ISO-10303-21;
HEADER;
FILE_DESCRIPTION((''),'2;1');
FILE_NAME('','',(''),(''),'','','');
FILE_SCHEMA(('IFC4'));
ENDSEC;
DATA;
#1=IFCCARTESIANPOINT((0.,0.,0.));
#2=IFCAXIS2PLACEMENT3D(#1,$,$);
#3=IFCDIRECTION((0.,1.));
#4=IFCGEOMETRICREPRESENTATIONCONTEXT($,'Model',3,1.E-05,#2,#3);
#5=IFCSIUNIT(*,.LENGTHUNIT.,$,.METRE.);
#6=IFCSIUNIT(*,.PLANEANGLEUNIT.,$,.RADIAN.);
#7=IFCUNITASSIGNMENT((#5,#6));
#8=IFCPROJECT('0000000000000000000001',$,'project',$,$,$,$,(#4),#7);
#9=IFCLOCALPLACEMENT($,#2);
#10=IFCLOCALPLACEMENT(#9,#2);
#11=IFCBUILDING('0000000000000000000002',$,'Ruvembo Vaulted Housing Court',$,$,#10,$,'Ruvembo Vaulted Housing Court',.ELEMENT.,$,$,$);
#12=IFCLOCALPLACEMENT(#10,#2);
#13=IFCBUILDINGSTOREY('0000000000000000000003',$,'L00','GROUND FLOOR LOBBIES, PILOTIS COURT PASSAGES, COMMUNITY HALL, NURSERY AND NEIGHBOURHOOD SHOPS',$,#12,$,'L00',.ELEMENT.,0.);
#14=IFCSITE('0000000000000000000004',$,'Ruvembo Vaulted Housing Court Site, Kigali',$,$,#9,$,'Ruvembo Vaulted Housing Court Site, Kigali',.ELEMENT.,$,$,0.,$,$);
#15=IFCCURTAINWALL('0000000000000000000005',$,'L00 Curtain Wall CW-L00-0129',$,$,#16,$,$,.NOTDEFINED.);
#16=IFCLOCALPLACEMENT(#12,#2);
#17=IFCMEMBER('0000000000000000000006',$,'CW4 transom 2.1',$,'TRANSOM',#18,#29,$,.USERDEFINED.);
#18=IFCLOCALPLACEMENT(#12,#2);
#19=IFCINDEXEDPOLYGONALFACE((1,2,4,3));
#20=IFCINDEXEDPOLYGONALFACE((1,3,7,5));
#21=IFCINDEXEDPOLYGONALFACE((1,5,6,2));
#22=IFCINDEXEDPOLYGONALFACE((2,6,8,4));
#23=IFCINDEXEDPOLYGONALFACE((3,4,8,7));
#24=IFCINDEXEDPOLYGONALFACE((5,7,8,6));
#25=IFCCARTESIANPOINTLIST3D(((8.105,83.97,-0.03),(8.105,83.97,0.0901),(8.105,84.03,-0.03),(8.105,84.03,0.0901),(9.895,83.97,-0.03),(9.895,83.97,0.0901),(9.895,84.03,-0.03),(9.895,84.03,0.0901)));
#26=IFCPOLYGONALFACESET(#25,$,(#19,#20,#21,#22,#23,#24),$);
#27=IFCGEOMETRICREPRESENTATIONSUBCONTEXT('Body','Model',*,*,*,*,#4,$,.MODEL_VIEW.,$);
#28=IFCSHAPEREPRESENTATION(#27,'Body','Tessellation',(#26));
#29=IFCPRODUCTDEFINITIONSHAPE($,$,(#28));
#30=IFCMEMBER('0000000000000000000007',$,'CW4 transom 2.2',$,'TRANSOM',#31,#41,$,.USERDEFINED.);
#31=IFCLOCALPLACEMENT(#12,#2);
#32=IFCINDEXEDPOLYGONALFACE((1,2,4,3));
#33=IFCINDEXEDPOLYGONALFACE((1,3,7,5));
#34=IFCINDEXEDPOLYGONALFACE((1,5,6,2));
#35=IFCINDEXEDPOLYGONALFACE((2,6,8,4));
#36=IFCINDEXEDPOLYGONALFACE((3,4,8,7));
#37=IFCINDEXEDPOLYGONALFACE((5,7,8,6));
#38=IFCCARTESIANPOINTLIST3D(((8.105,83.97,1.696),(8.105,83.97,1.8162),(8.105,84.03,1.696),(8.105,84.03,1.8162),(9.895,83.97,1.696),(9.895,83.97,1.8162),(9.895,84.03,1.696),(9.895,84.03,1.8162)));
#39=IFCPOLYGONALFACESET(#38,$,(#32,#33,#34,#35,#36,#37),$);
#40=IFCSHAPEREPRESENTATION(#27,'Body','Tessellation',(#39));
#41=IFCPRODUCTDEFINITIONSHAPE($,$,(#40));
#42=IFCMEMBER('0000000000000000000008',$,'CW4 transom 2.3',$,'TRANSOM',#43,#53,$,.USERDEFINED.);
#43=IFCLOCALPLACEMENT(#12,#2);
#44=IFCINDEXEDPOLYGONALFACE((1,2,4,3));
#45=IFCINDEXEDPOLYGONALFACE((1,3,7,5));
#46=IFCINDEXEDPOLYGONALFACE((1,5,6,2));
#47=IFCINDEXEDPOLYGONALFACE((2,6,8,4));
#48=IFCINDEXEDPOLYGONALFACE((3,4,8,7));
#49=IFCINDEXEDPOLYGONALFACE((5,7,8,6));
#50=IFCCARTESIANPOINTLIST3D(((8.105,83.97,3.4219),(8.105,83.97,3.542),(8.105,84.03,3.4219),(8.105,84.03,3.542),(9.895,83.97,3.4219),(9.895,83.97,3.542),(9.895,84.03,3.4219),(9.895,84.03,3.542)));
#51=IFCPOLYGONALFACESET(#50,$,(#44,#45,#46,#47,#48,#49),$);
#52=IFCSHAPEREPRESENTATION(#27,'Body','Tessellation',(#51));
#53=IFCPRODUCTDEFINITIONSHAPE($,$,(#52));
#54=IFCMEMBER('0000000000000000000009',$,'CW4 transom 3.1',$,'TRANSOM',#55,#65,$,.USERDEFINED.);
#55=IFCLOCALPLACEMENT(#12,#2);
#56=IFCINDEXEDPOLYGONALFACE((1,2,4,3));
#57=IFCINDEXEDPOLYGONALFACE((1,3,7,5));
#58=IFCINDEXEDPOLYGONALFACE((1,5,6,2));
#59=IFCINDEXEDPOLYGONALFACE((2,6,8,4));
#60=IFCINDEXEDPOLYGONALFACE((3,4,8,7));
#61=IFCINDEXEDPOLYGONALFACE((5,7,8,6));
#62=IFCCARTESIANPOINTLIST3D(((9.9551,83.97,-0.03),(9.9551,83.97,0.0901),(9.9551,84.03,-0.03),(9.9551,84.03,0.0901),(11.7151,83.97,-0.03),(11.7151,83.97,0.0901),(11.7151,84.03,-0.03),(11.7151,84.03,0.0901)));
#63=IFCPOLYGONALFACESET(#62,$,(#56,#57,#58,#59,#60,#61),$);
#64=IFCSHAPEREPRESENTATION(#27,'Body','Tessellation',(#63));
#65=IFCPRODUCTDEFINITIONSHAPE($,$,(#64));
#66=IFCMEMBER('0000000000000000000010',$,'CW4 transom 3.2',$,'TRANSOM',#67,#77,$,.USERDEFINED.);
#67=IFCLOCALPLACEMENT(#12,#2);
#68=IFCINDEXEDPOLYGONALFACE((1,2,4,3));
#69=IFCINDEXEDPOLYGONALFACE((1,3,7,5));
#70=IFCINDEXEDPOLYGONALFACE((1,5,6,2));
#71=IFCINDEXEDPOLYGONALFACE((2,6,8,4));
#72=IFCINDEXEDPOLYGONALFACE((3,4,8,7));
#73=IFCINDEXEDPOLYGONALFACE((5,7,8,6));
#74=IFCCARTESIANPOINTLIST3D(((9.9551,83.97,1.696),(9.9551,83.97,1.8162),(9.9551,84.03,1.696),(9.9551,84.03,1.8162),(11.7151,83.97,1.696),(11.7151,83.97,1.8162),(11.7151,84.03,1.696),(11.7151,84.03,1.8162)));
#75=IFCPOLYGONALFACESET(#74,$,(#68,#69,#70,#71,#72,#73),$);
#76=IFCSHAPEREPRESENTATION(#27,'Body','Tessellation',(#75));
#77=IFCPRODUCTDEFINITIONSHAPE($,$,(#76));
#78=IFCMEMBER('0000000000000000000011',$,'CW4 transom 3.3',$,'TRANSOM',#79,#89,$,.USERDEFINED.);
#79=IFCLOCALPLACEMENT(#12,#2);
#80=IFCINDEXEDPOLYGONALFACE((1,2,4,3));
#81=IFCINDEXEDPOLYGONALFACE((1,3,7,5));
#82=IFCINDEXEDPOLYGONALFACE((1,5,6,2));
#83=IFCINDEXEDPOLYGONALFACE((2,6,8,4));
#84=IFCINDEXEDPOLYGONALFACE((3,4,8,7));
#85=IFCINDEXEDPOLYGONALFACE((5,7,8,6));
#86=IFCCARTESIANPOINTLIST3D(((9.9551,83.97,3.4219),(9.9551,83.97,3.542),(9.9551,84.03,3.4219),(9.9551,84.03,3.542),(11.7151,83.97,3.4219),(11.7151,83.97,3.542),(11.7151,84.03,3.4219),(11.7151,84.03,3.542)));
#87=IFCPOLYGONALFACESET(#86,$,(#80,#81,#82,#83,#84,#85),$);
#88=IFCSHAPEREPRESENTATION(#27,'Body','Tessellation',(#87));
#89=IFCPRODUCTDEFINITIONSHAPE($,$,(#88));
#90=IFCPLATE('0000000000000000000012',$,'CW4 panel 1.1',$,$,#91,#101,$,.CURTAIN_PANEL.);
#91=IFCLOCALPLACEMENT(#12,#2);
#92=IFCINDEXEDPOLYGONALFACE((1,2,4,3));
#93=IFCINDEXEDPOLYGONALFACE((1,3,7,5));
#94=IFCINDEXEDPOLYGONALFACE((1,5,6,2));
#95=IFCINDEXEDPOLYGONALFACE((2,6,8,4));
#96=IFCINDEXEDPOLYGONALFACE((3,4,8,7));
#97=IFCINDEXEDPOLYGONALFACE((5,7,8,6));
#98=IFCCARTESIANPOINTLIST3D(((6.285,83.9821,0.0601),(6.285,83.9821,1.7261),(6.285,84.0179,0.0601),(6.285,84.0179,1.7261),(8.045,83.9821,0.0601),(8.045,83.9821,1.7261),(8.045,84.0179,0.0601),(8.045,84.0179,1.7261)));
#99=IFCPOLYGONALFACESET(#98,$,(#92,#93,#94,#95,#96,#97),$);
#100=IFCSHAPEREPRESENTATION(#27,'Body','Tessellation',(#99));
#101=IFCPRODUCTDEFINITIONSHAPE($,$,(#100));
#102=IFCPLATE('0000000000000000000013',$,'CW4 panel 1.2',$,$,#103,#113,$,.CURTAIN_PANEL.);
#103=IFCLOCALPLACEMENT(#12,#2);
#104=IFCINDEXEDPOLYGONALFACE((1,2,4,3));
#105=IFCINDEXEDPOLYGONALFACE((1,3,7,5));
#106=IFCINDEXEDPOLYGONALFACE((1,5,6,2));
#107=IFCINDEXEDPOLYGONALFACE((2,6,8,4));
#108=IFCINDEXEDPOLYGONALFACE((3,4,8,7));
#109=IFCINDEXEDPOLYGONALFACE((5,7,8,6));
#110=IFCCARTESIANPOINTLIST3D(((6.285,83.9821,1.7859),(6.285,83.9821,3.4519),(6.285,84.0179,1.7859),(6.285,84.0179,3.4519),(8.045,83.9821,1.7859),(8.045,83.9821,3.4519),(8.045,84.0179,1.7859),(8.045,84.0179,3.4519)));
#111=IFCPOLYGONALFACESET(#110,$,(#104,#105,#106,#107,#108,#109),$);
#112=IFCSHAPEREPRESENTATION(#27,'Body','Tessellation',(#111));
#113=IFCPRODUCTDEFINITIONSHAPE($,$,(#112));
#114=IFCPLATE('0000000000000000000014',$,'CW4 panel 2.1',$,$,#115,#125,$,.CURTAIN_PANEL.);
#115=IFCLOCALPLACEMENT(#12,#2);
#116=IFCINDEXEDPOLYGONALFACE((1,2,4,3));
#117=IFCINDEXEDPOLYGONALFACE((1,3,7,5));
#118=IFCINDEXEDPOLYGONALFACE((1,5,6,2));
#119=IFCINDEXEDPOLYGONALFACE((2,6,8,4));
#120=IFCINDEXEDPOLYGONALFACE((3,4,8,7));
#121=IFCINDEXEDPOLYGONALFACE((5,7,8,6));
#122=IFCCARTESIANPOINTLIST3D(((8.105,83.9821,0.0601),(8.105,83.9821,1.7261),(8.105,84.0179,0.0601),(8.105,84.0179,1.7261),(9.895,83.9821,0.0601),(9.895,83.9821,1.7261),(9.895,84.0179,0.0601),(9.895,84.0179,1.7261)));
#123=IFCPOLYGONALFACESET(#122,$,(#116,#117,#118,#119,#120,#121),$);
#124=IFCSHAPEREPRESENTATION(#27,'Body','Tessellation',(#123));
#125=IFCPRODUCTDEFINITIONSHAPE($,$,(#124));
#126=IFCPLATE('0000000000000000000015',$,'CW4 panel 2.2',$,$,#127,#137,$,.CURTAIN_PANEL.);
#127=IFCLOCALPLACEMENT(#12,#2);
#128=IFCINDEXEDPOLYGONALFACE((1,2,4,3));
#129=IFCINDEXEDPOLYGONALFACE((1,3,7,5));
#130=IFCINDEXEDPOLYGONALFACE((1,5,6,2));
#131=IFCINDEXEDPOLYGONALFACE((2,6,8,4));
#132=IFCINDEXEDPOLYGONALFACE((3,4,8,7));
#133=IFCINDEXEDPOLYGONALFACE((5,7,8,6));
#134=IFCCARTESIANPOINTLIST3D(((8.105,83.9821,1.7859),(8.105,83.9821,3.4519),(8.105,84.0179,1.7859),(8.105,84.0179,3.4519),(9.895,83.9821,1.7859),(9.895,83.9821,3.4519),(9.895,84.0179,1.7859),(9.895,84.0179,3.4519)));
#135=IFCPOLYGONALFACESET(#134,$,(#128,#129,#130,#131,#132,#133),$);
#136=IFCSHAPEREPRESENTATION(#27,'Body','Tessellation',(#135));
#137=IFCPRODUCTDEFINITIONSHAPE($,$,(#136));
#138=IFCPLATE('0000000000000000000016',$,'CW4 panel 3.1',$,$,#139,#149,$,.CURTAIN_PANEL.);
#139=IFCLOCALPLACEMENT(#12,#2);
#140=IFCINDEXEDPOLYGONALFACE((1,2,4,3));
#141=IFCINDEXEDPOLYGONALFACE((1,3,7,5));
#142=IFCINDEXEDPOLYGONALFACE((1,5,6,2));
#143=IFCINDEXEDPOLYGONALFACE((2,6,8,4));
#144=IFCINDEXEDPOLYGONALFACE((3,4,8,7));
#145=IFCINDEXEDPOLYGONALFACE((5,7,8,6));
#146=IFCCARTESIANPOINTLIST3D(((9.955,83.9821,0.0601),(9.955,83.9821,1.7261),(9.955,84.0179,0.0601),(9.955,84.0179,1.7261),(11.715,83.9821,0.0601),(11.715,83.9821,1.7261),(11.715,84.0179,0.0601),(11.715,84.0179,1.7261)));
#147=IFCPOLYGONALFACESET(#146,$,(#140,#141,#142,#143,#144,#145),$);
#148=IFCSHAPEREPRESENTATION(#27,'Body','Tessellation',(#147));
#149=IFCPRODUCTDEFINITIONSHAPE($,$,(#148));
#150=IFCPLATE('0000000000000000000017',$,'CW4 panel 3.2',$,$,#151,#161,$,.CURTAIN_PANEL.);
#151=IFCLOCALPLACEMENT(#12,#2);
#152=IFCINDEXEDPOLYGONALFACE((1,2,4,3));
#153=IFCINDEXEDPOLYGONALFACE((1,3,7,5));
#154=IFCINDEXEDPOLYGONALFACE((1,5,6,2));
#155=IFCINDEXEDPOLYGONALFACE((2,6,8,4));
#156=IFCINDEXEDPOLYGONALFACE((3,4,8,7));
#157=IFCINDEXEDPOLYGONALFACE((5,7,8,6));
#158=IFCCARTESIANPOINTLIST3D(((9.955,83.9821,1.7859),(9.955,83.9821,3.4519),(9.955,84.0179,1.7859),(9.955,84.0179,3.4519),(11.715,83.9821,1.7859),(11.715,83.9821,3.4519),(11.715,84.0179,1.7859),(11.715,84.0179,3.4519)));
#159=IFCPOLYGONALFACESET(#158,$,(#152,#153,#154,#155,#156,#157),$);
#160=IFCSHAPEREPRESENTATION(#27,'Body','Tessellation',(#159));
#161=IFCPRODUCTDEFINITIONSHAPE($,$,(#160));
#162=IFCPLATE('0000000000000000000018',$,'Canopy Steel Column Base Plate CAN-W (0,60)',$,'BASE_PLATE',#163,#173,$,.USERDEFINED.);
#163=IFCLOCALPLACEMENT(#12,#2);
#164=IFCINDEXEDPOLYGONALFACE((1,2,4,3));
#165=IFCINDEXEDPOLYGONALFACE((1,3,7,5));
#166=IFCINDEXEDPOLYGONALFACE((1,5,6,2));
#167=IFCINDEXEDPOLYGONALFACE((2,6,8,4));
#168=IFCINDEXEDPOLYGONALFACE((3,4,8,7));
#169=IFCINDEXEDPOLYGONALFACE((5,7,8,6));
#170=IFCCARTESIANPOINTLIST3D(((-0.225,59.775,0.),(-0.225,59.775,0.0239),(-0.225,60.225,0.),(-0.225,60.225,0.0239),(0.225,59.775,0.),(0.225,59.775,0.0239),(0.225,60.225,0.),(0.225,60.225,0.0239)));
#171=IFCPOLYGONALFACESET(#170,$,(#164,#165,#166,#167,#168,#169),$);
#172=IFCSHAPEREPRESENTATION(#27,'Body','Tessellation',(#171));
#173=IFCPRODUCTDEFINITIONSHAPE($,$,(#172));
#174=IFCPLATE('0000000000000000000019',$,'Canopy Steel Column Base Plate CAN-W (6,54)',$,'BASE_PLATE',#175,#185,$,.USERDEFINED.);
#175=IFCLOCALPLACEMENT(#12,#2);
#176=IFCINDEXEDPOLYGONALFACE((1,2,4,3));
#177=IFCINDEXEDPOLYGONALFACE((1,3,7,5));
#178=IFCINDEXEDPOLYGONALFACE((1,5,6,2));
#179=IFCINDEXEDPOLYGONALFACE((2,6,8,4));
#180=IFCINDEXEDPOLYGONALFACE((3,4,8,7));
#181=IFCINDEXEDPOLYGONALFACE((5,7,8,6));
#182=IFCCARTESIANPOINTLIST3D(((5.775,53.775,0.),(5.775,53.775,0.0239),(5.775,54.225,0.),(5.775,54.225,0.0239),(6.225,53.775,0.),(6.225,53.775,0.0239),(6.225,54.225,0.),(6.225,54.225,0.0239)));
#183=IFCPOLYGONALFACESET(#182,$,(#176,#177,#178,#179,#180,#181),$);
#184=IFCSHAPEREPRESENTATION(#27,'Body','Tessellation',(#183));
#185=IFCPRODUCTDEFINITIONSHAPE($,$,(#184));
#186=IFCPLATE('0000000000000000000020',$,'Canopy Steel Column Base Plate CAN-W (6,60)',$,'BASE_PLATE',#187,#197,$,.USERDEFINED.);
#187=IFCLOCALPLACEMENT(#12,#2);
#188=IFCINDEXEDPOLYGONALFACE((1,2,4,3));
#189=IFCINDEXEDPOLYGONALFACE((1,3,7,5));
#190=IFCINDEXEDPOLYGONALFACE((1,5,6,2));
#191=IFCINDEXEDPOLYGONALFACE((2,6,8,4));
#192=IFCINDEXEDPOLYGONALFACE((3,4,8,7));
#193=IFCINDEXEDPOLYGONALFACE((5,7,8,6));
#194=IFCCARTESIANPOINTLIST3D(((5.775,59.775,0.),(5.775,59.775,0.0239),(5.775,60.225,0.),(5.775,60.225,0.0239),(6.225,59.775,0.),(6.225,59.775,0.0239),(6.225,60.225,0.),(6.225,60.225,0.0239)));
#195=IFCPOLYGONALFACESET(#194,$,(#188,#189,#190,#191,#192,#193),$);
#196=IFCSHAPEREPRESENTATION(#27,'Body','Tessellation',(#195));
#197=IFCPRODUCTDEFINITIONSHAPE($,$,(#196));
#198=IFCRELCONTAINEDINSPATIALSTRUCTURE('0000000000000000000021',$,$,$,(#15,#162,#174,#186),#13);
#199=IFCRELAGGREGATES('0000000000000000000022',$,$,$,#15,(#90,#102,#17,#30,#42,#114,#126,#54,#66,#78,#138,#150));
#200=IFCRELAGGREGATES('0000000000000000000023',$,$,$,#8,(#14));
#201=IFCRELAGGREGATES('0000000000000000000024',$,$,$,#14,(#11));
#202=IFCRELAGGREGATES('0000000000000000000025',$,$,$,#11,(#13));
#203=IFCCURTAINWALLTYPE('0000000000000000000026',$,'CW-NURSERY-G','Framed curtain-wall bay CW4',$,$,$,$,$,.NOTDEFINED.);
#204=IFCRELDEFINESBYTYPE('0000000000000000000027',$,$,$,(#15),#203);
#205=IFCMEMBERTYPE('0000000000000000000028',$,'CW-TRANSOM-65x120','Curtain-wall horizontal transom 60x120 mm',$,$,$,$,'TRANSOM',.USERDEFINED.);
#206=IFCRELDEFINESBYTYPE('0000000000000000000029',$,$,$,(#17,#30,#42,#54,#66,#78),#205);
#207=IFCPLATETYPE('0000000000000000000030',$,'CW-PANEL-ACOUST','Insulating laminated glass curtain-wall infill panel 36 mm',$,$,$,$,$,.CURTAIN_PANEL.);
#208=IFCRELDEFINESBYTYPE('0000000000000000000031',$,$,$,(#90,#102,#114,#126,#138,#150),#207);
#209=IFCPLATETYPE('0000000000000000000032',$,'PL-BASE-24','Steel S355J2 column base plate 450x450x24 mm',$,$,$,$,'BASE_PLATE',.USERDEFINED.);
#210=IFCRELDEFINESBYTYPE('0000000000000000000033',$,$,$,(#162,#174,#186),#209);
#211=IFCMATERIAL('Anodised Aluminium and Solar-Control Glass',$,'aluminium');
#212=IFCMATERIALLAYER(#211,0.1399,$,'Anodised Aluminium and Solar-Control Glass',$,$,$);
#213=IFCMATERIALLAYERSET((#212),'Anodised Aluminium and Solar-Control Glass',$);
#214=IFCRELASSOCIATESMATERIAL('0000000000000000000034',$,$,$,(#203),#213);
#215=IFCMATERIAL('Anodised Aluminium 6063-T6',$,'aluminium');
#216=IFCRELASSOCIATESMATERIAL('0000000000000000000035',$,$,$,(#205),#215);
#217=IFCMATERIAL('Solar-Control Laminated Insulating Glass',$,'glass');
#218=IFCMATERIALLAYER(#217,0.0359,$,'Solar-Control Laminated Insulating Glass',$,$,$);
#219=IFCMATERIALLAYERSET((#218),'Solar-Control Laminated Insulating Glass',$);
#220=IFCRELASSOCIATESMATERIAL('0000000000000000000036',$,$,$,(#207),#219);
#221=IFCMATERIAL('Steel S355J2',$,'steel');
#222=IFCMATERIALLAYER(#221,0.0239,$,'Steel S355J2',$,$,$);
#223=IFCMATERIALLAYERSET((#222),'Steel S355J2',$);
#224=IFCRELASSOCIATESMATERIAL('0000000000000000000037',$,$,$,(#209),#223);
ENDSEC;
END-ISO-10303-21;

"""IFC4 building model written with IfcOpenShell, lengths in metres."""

from ifc_helpers import new_model, si_unit, direction, frame, origin, origin_2d, place, context, subcontext, project, spatial, rectangle, extrude, material, layer, layer_set, material_profile, profile_set, type_object, element, aggregate, save


model = new_model("IFC4")

# Units and contexts
model_context = context("Model", 3, precision=1e-05, world=origin(), true_north=direction((0.0, 1.0)))
body_context = subcontext(model_context, "Body", "Model", "MODEL_VIEW")
ifc_project = project(units=[si_unit("LENGTHUNIT", "METRE"), si_unit("PLANEANGLEUNIT", "RADIAN")], contexts=[model_context])

# Site, building, storey
site_placement = place(None, origin())
site = spatial("IfcSite", under=ifc_project, at=site_placement, Name="Ruvembo Vaulted Housing Court Site, Kigali", LongName="Ruvembo Vaulted Housing Court Site, Kigali", CompositionType="ELEMENT", RefElevation=0.0)
building_placement = place(site_placement, origin())
building = spatial("IfcBuilding", under=site, at=building_placement, Name="Ruvembo Vaulted Housing Court", LongName="Ruvembo Vaulted Housing Court", CompositionType="ELEMENT")
storey_placement = place(building_placement, origin())
storey = spatial("IfcBuildingStorey", under=building, at=storey_placement, Name="L00", Description="GROUND FLOOR LOBBIES, PILOTIS COURT PASSAGES, COMMUNITY HALL, NURSERY AND NEIGHBOURHOOD SHOPS", LongName="L00", CompositionType="ELEMENT", Elevation=0.0)

# Shared definitions
ifc_material_1 = material(Name="Steel S355J2", Category="steel")

# Curtain wall, members, plates
ifc_material_2 = material(Name="Anodised Aluminium and Solar-Control Glass", Category="aluminium")
ifc_layer_1 = layer(ifc_material_2, 0.1399, Name="Anodised Aluminium and Solar-Control Glass")
ifc_layer_set_1 = layer_set([ifc_layer_1], Name="Anodised Aluminium and Solar-Control Glass")
curtain_wall_type = type_object("IfcCurtainWallType", Name="CW-NURSERY-G", Description="Framed curtain-wall bay CW4", PredefinedType="NOTDEFINED", material=ifc_layer_set_1)
curtain_wall_placement = place(storey_placement, origin())
curtain_wall = element("IfcCurtainWall", 1, at=curtain_wall_placement, inside=storey, type_object=curtain_wall_type, Name="L00 Curtain Wall CW-L00-0129", PredefinedType="NOTDEFINED")
ifc_material_3 = material(Name="Anodised Aluminium 6063-T6", Category="aluminium")
ifc_material_profile_1 = material_profile(ifc_material_3, rectangle(XDim=0.0601, YDim=0.1201, at=origin_2d()), Name="ALU 60x120")
ifc_profile_set_1 = profile_set([ifc_material_profile_1], Name="Anodised Aluminium 6063-T6")
member_type_1 = type_object("IfcMemberType", Name="CW-TRANSOM-65x120", Description="Curtain-wall horizontal transom 60x120 mm", ElementType="TRANSOM", PredefinedType="USERDEFINED", material=ifc_profile_set_1)
member_1_placement = place(storey_placement, frame((8.105, 84.0, 0.03), z_axis=(1.0, 0.0, 0.0), x_axis=(0.0, 1.0, 0.0)))
member_1 = element("IfcMember", 2, at=member_1_placement, type_object=member_type_1, Name="CW4 transom 2.1", ObjectType="TRANSOM", PredefinedType="USERDEFINED", context=body_context, shape_type="SweptSolid", body=[
    extrude(rectangle(XDim=0.0601, YDim=0.1201, at=origin_2d()), origin(), (0.0, 0.0, 1.0), 1.79),
])
member_2_placement = place(storey_placement, frame((8.105, 84.0, 1.7561), z_axis=(1.0, 0.0, 0.0), x_axis=(0.0, 1.0, 0.0)))
member_2 = element("IfcMember", 3, at=member_2_placement, type_object=member_type_1, Name="CW4 transom 2.2", ObjectType="TRANSOM", PredefinedType="USERDEFINED", context=body_context, shape_type="SweptSolid", body=[
    extrude(rectangle(XDim=0.0601, YDim=0.1201, at=origin_2d()), origin(), (0.0, 0.0, 1.0), 1.79),
])
member_3_placement = place(storey_placement, frame((8.105, 84.0, 3.4819), z_axis=(1.0, 0.0, 0.0), x_axis=(0.0, 1.0, 0.0)))
member_3 = element("IfcMember", 4, at=member_3_placement, type_object=member_type_1, Name="CW4 transom 2.3", ObjectType="TRANSOM", PredefinedType="USERDEFINED", context=body_context, shape_type="SweptSolid", body=[
    extrude(rectangle(XDim=0.0601, YDim=0.1201, at=origin_2d()), origin(), (0.0, 0.0, 1.0), 1.79),
])
member_4_placement = place(storey_placement, frame((9.9551, 84.0, 0.03), z_axis=(1.0, 0.0, 0.0), x_axis=(0.0, 1.0, 0.0)))
member_4 = element("IfcMember", 5, at=member_4_placement, type_object=member_type_1, Name="CW4 transom 3.1", ObjectType="TRANSOM", PredefinedType="USERDEFINED", context=body_context, shape_type="SweptSolid", body=[
    extrude(rectangle(XDim=0.0601, YDim=0.1201, at=origin_2d()), origin(), (0.0, 0.0, 1.0), 1.76),
])
member_5_placement = place(storey_placement, frame((9.9551, 84.0, 1.7561), z_axis=(1.0, 0.0, 0.0), x_axis=(0.0, 1.0, 0.0)))
member_5 = element("IfcMember", 6, at=member_5_placement, type_object=member_type_1, Name="CW4 transom 3.2", ObjectType="TRANSOM", PredefinedType="USERDEFINED", context=body_context, shape_type="SweptSolid", body=[
    extrude(rectangle(XDim=0.0601, YDim=0.1201, at=origin_2d()), origin(), (0.0, 0.0, 1.0), 1.76),
])
member_6_placement = place(storey_placement, frame((9.9551, 84.0, 3.4819), z_axis=(1.0, 0.0, 0.0), x_axis=(0.0, 1.0, 0.0)))
member_6 = element("IfcMember", 7, at=member_6_placement, type_object=member_type_1, Name="CW4 transom 3.3", ObjectType="TRANSOM", PredefinedType="USERDEFINED", context=body_context, shape_type="SweptSolid", body=[
    extrude(rectangle(XDim=0.0601, YDim=0.1201, at=origin_2d()), origin(), (0.0, 0.0, 1.0), 1.76),
])
ifc_material_4 = material(Name="Solar-Control Laminated Insulating Glass", Category="glass")
ifc_layer_2 = layer(ifc_material_4, 0.0359, Name="Solar-Control Laminated Insulating Glass")
ifc_layer_set_2 = layer_set([ifc_layer_2], Name="Solar-Control Laminated Insulating Glass")
plate_type_1 = type_object("IfcPlateType", Name="CW-PANEL-ACOUST", Description="Insulating laminated glass curtain-wall infill panel 36 mm", PredefinedType="CURTAIN_PANEL", material=ifc_layer_set_2)
plate_1_placement = place(storey_placement, frame((7.165, 84.0, 0.0601), z_axis=(0.0, 0.0, 1.0), x_axis=(1.0, 0.0, 0.0)))
plate_1 = element("IfcPlate", 8, at=plate_1_placement, type_object=plate_type_1, Name="CW4 panel 1.1", PredefinedType="CURTAIN_PANEL", context=body_context, shape_type="SweptSolid", body=[
    extrude(rectangle(XDim=1.76, YDim=0.0359, at=origin_2d()), origin(), (0.0, 0.0, 1.0), 1.666),
])
plate_2_placement = place(storey_placement, frame((7.165, 84.0, 1.7859), z_axis=(0.0, 0.0, 1.0), x_axis=(1.0, 0.0, 0.0)))
plate_2 = element("IfcPlate", 9, at=plate_2_placement, type_object=plate_type_1, Name="CW4 panel 1.2", PredefinedType="CURTAIN_PANEL", context=body_context, shape_type="SweptSolid", body=[
    extrude(rectangle(XDim=1.76, YDim=0.0359, at=origin_2d()), origin(), (0.0, 0.0, 1.0), 1.666),
])
plate_3_placement = place(storey_placement, frame((9.0, 84.0, 0.0601), z_axis=(0.0, 0.0, 1.0), x_axis=(1.0, 0.0, 0.0)))
plate_3 = element("IfcPlate", 10, at=plate_3_placement, type_object=plate_type_1, Name="CW4 panel 2.1", PredefinedType="CURTAIN_PANEL", context=body_context, shape_type="SweptSolid", body=[
    extrude(rectangle(XDim=1.79, YDim=0.0359, at=origin_2d()), origin(), (0.0, 0.0, 1.0), 1.666),
])
plate_4_placement = place(storey_placement, frame((9.0, 84.0, 1.7859), z_axis=(0.0, 0.0, 1.0), x_axis=(1.0, 0.0, 0.0)))
plate_4 = element("IfcPlate", 11, at=plate_4_placement, type_object=plate_type_1, Name="CW4 panel 2.2", PredefinedType="CURTAIN_PANEL", context=body_context, shape_type="SweptSolid", body=[
    extrude(rectangle(XDim=1.79, YDim=0.0359, at=origin_2d()), origin(), (0.0, 0.0, 1.0), 1.666),
])
plate_5_placement = place(storey_placement, frame((10.835, 84.0, 0.0601), z_axis=(0.0, 0.0, 1.0), x_axis=(1.0, 0.0, 0.0)))
plate_5 = element("IfcPlate", 12, at=plate_5_placement, type_object=plate_type_1, Name="CW4 panel 3.1", PredefinedType="CURTAIN_PANEL", context=body_context, shape_type="SweptSolid", body=[
    extrude(rectangle(XDim=1.76, YDim=0.0359, at=origin_2d()), origin(), (0.0, 0.0, 1.0), 1.666),
])
plate_6_placement = place(storey_placement, frame((10.835, 84.0, 1.7859), z_axis=(0.0, 0.0, 1.0), x_axis=(1.0, 0.0, 0.0)))
plate_6 = element("IfcPlate", 13, at=plate_6_placement, type_object=plate_type_1, Name="CW4 panel 3.2", PredefinedType="CURTAIN_PANEL", context=body_context, shape_type="SweptSolid", body=[
    extrude(rectangle(XDim=1.76, YDim=0.0359, at=origin_2d()), origin(), (0.0, 0.0, 1.0), 1.666),
])
aggregate(curtain_wall, [plate_1, plate_2, member_1, member_2, member_3, plate_3, plate_4, member_4, member_5, member_6, plate_5, plate_6])

# Plates
ifc_layer_3 = layer(ifc_material_1, 0.0239, Name="Steel S355J2")
ifc_layer_set_3 = layer_set([ifc_layer_3], Name="Steel S355J2")
plate_type_2 = type_object("IfcPlateType", Name="PL-BASE-24", Description="Steel S355J2 column base plate 450x450x24 mm", ElementType="BASE_PLATE", PredefinedType="USERDEFINED", material=ifc_layer_set_3)
for number, where, z_axis, x_axis, name in (
    (14, (0.0, 60.0, 0.0), (0.0, 0.0, 1.0), (1.0, 0.0, 0.0), "Canopy Steel Column Base Plate CAN-W (0,60)"),
    (15, (6.0, 54.0, 0.0), (0.0, 0.0, 1.0), (1.0, 0.0, 0.0), "Canopy Steel Column Base Plate CAN-W (6,54)"),
    (16, (6.0, 60.0, 0.0), (0.0, 0.0, 1.0), (1.0, 0.0, 0.0), "Canopy Steel Column Base Plate CAN-W (6,60)"),
):
    element("IfcPlate", number, at=place(storey_placement, frame(where, z_axis=z_axis, x_axis=x_axis)), inside=storey, type_object=plate_type_2, Name=name, ObjectType="BASE_PLATE", PredefinedType="USERDEFINED", context=body_context, shape_type="SweptSolid", body=[
        extrude(rectangle(XDim=0.45, YDim=0.45, at=origin_2d()), origin(), (0.0, 0.0, 1.0), 0.0239),
    ])

save(model, "model.ifc")
